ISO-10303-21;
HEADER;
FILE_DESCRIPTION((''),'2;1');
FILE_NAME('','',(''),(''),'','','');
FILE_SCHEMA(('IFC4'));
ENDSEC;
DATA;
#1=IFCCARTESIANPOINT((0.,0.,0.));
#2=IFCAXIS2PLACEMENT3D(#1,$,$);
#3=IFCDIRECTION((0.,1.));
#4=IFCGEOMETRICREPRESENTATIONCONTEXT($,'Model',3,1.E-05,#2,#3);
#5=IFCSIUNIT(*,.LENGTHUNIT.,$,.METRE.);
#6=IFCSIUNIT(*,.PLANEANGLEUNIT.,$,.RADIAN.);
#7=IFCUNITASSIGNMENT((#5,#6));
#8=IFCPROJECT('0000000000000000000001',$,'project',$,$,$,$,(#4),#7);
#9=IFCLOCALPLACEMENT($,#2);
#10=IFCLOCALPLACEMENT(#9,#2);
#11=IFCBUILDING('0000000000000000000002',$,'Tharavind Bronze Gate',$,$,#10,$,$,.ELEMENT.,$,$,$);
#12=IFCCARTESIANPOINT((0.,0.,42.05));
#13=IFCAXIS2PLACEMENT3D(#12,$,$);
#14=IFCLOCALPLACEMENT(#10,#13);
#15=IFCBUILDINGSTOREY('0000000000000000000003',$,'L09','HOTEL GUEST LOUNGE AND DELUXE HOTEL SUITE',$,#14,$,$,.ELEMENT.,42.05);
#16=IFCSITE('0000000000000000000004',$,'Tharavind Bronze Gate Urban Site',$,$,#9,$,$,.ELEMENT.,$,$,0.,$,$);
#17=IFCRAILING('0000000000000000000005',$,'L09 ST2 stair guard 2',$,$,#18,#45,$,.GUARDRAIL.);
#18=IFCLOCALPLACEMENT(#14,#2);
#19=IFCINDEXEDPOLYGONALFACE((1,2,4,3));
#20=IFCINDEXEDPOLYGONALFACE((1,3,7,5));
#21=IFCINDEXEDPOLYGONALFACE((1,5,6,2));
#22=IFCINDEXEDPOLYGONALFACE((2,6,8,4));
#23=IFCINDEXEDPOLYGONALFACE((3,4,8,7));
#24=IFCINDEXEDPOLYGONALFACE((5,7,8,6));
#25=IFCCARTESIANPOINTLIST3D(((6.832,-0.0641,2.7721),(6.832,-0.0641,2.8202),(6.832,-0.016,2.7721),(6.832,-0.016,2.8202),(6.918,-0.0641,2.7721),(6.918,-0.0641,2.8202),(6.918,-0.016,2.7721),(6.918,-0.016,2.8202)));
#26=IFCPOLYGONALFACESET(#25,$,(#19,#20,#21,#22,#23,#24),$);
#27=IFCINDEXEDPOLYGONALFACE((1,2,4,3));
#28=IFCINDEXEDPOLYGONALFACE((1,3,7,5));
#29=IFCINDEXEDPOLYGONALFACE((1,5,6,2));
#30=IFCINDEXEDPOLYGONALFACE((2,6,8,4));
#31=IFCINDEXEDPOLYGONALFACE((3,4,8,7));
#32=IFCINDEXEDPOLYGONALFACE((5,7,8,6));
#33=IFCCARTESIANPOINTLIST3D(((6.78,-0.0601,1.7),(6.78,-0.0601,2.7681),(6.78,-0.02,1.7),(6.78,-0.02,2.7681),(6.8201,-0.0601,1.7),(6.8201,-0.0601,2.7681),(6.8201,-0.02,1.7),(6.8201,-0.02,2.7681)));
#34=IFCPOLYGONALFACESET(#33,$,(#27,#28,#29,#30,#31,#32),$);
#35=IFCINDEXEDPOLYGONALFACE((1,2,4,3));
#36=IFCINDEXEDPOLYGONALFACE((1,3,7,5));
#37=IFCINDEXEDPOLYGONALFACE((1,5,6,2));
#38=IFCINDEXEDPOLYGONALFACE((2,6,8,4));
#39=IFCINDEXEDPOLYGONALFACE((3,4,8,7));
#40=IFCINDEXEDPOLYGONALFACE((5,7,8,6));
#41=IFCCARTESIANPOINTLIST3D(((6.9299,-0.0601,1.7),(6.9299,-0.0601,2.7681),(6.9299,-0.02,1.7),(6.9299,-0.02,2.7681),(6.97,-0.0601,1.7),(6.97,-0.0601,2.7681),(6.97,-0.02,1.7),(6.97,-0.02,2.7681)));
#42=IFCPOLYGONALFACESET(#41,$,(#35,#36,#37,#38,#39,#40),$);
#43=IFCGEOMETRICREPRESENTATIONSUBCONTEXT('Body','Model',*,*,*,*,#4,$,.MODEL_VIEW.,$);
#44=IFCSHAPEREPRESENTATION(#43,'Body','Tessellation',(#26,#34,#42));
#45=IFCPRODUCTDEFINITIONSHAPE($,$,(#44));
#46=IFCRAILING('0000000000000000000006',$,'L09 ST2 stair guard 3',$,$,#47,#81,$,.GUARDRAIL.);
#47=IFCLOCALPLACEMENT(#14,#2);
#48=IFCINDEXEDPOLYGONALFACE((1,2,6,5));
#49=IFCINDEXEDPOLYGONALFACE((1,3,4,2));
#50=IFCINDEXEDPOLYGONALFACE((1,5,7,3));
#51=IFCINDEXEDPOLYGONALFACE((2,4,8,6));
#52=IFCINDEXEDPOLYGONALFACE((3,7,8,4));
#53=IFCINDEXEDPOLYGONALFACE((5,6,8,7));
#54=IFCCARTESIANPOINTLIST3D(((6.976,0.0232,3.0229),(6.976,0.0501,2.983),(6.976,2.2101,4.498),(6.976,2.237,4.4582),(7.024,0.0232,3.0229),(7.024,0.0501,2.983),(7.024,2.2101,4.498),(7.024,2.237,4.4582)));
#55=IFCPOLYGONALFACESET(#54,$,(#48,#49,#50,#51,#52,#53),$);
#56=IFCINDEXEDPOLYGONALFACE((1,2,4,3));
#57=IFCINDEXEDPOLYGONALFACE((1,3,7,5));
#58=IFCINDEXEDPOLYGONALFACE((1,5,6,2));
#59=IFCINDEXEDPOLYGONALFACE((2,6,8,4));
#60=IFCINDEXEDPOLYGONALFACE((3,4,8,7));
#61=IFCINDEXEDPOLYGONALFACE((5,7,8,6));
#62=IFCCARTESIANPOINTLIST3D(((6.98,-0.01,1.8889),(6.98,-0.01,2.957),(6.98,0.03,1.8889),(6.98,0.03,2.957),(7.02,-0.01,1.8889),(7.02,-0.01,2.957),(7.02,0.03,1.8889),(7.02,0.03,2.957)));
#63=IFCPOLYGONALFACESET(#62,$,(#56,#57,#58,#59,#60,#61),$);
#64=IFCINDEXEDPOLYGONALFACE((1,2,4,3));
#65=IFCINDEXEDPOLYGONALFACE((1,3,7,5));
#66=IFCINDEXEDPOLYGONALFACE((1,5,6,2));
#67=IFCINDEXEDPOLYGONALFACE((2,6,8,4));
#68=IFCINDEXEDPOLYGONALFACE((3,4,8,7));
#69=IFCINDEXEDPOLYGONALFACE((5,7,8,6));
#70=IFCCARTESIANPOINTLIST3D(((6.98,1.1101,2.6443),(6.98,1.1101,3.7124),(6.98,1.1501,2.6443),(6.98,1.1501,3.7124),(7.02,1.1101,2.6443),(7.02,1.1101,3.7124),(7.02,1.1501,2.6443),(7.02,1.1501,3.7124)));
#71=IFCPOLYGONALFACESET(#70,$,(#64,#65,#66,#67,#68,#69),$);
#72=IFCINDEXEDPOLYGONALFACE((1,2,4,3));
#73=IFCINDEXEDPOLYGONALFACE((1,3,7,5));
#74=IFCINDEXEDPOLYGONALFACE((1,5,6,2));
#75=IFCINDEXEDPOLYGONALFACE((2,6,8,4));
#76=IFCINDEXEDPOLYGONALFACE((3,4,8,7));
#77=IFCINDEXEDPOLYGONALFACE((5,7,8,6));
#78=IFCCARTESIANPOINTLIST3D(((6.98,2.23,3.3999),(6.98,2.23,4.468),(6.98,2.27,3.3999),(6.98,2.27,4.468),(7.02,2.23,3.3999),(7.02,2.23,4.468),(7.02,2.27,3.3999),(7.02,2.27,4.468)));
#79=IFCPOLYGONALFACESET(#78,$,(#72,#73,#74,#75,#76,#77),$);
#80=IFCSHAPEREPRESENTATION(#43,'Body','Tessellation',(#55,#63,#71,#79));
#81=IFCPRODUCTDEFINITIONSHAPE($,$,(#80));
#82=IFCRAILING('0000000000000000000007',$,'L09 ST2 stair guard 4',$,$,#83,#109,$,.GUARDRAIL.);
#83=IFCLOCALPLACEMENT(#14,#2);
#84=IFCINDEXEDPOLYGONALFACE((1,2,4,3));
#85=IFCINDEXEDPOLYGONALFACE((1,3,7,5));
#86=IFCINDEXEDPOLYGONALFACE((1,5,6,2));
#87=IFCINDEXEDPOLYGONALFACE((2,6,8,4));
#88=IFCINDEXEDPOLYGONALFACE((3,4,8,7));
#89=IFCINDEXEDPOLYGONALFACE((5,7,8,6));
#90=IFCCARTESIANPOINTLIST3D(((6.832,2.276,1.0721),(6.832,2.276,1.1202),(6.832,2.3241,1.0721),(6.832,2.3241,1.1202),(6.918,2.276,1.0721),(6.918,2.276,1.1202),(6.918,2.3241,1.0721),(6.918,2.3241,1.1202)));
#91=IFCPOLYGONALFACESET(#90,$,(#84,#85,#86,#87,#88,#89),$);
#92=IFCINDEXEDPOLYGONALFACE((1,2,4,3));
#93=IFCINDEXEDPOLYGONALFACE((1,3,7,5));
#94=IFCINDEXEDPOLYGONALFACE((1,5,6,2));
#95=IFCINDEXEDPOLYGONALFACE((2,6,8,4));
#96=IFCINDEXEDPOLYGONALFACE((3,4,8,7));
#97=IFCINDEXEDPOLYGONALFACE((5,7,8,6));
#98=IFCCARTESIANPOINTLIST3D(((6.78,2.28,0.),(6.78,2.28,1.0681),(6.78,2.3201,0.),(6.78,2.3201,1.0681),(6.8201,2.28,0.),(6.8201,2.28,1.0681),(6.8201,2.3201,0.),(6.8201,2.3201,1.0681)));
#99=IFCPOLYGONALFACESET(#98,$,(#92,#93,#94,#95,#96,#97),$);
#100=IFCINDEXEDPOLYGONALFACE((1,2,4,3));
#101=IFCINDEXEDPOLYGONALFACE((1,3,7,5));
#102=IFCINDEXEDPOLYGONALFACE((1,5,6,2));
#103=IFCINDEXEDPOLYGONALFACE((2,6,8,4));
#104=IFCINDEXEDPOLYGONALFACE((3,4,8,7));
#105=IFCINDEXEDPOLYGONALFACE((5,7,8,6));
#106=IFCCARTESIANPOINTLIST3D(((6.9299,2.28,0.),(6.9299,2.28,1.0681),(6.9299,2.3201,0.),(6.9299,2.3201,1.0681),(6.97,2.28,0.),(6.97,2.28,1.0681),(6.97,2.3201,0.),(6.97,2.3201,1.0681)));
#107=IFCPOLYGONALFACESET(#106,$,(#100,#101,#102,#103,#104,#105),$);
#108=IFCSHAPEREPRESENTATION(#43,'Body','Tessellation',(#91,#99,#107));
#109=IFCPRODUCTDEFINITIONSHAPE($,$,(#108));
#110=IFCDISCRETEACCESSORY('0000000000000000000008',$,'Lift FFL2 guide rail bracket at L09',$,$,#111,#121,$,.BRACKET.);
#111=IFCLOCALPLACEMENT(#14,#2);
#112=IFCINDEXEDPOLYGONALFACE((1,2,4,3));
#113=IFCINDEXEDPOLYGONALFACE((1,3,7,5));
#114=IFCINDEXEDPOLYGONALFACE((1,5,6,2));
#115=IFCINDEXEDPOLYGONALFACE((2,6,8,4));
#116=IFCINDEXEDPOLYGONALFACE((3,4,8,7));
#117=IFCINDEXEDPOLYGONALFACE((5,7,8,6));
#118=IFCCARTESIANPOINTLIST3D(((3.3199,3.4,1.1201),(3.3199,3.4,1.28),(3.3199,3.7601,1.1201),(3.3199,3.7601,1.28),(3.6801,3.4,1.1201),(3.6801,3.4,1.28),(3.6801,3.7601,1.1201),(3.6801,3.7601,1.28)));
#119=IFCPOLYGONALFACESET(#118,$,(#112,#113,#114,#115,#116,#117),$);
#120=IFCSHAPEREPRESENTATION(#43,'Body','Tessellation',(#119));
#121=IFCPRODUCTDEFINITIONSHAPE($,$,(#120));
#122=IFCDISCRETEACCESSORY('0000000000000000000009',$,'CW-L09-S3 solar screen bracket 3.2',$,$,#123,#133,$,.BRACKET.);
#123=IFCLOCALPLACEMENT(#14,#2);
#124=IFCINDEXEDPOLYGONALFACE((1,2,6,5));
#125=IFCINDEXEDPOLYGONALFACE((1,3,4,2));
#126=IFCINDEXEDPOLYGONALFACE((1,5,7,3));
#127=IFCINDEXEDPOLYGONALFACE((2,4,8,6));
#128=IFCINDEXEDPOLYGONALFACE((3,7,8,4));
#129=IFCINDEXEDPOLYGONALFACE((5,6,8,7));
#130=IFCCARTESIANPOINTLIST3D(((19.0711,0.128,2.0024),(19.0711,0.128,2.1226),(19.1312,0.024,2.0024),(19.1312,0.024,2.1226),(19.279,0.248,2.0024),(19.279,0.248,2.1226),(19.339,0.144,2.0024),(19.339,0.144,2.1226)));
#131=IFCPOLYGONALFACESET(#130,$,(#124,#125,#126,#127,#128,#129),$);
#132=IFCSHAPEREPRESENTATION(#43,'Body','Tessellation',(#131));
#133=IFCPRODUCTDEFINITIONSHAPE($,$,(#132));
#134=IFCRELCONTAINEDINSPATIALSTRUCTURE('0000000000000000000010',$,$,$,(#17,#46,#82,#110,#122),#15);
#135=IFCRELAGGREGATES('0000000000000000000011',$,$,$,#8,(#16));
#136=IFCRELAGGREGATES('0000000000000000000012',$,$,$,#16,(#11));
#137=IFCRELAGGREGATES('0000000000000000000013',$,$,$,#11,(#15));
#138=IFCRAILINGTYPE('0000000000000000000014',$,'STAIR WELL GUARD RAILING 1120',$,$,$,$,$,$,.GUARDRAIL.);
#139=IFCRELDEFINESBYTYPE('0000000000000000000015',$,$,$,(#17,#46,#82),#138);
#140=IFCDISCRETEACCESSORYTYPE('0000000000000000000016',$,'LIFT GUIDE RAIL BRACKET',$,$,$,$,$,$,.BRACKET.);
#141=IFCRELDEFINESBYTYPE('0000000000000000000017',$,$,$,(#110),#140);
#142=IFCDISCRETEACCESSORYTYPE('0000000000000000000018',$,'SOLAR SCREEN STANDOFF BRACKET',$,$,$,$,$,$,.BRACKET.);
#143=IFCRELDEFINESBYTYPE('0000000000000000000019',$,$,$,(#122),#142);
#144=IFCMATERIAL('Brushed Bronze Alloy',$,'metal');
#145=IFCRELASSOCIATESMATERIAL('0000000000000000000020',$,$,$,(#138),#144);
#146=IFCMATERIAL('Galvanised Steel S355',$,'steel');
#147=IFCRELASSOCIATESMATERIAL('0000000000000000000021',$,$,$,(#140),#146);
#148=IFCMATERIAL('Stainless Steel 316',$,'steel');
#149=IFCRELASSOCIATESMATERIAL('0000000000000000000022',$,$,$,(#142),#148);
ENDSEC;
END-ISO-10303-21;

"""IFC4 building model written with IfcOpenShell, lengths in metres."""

from ifc_helpers import new_model, si_unit, direction, frame, origin, origin_2d, place, context, subcontext, project, spatial, rectangle, extrude, material, type_object, element, save


model = new_model("IFC4")

# Units and contexts
model_context = context("Model", 3, precision=1e-05, world=origin(), true_north=direction((0.0, 1.0)))
body_context = subcontext(model_context, "Body", "Model", "MODEL_VIEW")
ifc_project = project(units=[si_unit("LENGTHUNIT", "METRE"), si_unit("PLANEANGLEUNIT", "RADIAN")], contexts=[model_context])

# Site, building, storey
site_placement = place(None, origin())
site = spatial("IfcSite", under=ifc_project, at=site_placement, Name="Tharavind Bronze Gate Urban Site", CompositionType="ELEMENT", RefElevation=0.0)
building_placement = place(site_placement, origin())
building = spatial("IfcBuilding", under=site, at=building_placement, Name="Tharavind Bronze Gate", CompositionType="ELEMENT")
storey_placement = place(building_placement, frame((0.0, 0.0, 42.05)))
storey = spatial("IfcBuildingStorey", under=building, at=storey_placement, Name="L09", Description="HOTEL GUEST LOUNGE AND DELUXE HOTEL SUITE", CompositionType="ELEMENT", Elevation=42.05)

# Railings
ifc_material_1 = material(Name="Brushed Bronze Alloy", Category="metal")
railing_type_1 = type_object("IfcRailingType", Name="STAIR WELL GUARD RAILING 1120", PredefinedType="GUARDRAIL", material=ifc_material_1)
railing_1_placement = place(storey_placement, frame((6.8, -0.04, 1.7)))
element("IfcRailing", 1, at=railing_1_placement, inside=storey, type_object=railing_type_1, Name="L09 ST2 stair guard 2", PredefinedType="GUARDRAIL", context=body_context, shape_type="SweptSolid", body=[
    extrude(rectangle(XDim=0.0481, YDim=0.0481, at=origin_2d()), frame((0.032, 0.0, 1.0962), z_axis=(1.0, 0.0, 0.0), x_axis=(0.0, 1.0, 0.0)), (0.0, 0.0, 1.0), 0.0859),
    extrude(rectangle(XDim=0.04, YDim=0.04, at=origin_2d()), origin(), (0.0, 0.0, 1.0), 1.0681),
    extrude(rectangle(XDim=0.04, YDim=0.04, at=origin_2d()), frame((0.1499, 0.0, 0.0)), (0.0, 0.0, 1.0), 1.0681),
])
railing_2_placement = place(storey_placement, frame((7.0, 0.01, 1.8889)))
element("IfcRailing", 2, at=railing_2_placement, inside=storey, type_object=railing_type_1, Name="L09 ST2 stair guard 3", PredefinedType="GUARDRAIL", context=body_context, shape_type="SweptSolid", body=[
    extrude(rectangle(XDim=0.0481, YDim=0.0481, at=origin_2d()), frame((0.0, 0.0266, 1.114), z_axis=(0.0, 0.829021, 0.559217), x_axis=(-1.0, 0.0, 0.0)), (0.0, 0.0, 1.0), 2.6379),
    extrude(rectangle(XDim=0.04, YDim=0.04, at=origin_2d()), origin(), (0.0, 0.0, 1.0), 1.0681),
    extrude(rectangle(XDim=0.04, YDim=0.04, at=origin_2d()), frame((0.0, 1.1201, 0.7554)), (0.0, 0.0, 1.0), 1.0681),
    extrude(rectangle(XDim=0.04, YDim=0.04, at=origin_2d()), frame((0.0, 2.24, 1.511)), (0.0, 0.0, 1.0), 1.0681),
])
railing_3_placement = place(storey_placement, frame((6.8, 2.3, 0.0)))
element("IfcRailing", 3, at=railing_3_placement, inside=storey, type_object=railing_type_1, Name="L09 ST2 stair guard 4", PredefinedType="GUARDRAIL", context=body_context, shape_type="SweptSolid", body=[
    extrude(rectangle(XDim=0.0481, YDim=0.0481, at=origin_2d()), frame((0.032, 0.0, 1.0962), z_axis=(1.0, 0.0, 0.0), x_axis=(0.0, 1.0, 0.0)), (0.0, 0.0, 1.0), 0.0859),
    extrude(rectangle(XDim=0.04, YDim=0.04, at=origin_2d()), origin(), (0.0, 0.0, 1.0), 1.0681),
    extrude(rectangle(XDim=0.04, YDim=0.04, at=origin_2d()), frame((0.1499, 0.0, 0.0)), (0.0, 0.0, 1.0), 1.0681),
])

# Discrete accessories
ifc_material_2 = material(Name="Galvanised Steel S355", Category="steel")
discrete_accessory_type_1 = type_object("IfcDiscreteAccessoryType", Name="LIFT GUIDE RAIL BRACKET", PredefinedType="BRACKET", material=ifc_material_2)
discrete_accessory_1_placement = place(storey_placement, frame((3.5, 3.5801, 1.1201), z_axis=(0.0, 0.0, 1.0), x_axis=(1.0, 0.0, 0.0)))
element("IfcDiscreteAccessory", 4, at=discrete_accessory_1_placement, inside=storey, type_object=discrete_accessory_type_1, Name="Lift FFL2 guide rail bracket at L09", PredefinedType="BRACKET", context=body_context, shape_type="SweptSolid", body=[
    extrude(rectangle(XDim=0.3601, YDim=0.3601, at=origin_2d()), origin(), (0.0, 0.0, 1.0), 0.1599),
])
ifc_material_3 = material(Name="Stainless Steel 316", Category="steel")
discrete_accessory_type_2 = type_object("IfcDiscreteAccessoryType", Name="SOLAR SCREEN STANDOFF BRACKET", PredefinedType="BRACKET", material=ifc_material_3)
discrete_accessory_2_placement = place(storey_placement, frame((19.2051, 0.136, 2.0024), z_axis=(0.0, 0.0, 1.0), x_axis=(-0.500002, 0.866025, 0.0)))
element("IfcDiscreteAccessory", 5, at=discrete_accessory_2_placement, inside=storey, type_object=discrete_accessory_type_2, Name="CW-L09-S3 solar screen bracket 3.2", PredefinedType="BRACKET", context=body_context, shape_type="SweptSolid", body=[
    extrude(rectangle(XDim=0.1201, YDim=0.24, at=origin_2d()), origin(), (0.0, 0.0, 1.0), 0.1201),
])

save(model, "model.ifc")
